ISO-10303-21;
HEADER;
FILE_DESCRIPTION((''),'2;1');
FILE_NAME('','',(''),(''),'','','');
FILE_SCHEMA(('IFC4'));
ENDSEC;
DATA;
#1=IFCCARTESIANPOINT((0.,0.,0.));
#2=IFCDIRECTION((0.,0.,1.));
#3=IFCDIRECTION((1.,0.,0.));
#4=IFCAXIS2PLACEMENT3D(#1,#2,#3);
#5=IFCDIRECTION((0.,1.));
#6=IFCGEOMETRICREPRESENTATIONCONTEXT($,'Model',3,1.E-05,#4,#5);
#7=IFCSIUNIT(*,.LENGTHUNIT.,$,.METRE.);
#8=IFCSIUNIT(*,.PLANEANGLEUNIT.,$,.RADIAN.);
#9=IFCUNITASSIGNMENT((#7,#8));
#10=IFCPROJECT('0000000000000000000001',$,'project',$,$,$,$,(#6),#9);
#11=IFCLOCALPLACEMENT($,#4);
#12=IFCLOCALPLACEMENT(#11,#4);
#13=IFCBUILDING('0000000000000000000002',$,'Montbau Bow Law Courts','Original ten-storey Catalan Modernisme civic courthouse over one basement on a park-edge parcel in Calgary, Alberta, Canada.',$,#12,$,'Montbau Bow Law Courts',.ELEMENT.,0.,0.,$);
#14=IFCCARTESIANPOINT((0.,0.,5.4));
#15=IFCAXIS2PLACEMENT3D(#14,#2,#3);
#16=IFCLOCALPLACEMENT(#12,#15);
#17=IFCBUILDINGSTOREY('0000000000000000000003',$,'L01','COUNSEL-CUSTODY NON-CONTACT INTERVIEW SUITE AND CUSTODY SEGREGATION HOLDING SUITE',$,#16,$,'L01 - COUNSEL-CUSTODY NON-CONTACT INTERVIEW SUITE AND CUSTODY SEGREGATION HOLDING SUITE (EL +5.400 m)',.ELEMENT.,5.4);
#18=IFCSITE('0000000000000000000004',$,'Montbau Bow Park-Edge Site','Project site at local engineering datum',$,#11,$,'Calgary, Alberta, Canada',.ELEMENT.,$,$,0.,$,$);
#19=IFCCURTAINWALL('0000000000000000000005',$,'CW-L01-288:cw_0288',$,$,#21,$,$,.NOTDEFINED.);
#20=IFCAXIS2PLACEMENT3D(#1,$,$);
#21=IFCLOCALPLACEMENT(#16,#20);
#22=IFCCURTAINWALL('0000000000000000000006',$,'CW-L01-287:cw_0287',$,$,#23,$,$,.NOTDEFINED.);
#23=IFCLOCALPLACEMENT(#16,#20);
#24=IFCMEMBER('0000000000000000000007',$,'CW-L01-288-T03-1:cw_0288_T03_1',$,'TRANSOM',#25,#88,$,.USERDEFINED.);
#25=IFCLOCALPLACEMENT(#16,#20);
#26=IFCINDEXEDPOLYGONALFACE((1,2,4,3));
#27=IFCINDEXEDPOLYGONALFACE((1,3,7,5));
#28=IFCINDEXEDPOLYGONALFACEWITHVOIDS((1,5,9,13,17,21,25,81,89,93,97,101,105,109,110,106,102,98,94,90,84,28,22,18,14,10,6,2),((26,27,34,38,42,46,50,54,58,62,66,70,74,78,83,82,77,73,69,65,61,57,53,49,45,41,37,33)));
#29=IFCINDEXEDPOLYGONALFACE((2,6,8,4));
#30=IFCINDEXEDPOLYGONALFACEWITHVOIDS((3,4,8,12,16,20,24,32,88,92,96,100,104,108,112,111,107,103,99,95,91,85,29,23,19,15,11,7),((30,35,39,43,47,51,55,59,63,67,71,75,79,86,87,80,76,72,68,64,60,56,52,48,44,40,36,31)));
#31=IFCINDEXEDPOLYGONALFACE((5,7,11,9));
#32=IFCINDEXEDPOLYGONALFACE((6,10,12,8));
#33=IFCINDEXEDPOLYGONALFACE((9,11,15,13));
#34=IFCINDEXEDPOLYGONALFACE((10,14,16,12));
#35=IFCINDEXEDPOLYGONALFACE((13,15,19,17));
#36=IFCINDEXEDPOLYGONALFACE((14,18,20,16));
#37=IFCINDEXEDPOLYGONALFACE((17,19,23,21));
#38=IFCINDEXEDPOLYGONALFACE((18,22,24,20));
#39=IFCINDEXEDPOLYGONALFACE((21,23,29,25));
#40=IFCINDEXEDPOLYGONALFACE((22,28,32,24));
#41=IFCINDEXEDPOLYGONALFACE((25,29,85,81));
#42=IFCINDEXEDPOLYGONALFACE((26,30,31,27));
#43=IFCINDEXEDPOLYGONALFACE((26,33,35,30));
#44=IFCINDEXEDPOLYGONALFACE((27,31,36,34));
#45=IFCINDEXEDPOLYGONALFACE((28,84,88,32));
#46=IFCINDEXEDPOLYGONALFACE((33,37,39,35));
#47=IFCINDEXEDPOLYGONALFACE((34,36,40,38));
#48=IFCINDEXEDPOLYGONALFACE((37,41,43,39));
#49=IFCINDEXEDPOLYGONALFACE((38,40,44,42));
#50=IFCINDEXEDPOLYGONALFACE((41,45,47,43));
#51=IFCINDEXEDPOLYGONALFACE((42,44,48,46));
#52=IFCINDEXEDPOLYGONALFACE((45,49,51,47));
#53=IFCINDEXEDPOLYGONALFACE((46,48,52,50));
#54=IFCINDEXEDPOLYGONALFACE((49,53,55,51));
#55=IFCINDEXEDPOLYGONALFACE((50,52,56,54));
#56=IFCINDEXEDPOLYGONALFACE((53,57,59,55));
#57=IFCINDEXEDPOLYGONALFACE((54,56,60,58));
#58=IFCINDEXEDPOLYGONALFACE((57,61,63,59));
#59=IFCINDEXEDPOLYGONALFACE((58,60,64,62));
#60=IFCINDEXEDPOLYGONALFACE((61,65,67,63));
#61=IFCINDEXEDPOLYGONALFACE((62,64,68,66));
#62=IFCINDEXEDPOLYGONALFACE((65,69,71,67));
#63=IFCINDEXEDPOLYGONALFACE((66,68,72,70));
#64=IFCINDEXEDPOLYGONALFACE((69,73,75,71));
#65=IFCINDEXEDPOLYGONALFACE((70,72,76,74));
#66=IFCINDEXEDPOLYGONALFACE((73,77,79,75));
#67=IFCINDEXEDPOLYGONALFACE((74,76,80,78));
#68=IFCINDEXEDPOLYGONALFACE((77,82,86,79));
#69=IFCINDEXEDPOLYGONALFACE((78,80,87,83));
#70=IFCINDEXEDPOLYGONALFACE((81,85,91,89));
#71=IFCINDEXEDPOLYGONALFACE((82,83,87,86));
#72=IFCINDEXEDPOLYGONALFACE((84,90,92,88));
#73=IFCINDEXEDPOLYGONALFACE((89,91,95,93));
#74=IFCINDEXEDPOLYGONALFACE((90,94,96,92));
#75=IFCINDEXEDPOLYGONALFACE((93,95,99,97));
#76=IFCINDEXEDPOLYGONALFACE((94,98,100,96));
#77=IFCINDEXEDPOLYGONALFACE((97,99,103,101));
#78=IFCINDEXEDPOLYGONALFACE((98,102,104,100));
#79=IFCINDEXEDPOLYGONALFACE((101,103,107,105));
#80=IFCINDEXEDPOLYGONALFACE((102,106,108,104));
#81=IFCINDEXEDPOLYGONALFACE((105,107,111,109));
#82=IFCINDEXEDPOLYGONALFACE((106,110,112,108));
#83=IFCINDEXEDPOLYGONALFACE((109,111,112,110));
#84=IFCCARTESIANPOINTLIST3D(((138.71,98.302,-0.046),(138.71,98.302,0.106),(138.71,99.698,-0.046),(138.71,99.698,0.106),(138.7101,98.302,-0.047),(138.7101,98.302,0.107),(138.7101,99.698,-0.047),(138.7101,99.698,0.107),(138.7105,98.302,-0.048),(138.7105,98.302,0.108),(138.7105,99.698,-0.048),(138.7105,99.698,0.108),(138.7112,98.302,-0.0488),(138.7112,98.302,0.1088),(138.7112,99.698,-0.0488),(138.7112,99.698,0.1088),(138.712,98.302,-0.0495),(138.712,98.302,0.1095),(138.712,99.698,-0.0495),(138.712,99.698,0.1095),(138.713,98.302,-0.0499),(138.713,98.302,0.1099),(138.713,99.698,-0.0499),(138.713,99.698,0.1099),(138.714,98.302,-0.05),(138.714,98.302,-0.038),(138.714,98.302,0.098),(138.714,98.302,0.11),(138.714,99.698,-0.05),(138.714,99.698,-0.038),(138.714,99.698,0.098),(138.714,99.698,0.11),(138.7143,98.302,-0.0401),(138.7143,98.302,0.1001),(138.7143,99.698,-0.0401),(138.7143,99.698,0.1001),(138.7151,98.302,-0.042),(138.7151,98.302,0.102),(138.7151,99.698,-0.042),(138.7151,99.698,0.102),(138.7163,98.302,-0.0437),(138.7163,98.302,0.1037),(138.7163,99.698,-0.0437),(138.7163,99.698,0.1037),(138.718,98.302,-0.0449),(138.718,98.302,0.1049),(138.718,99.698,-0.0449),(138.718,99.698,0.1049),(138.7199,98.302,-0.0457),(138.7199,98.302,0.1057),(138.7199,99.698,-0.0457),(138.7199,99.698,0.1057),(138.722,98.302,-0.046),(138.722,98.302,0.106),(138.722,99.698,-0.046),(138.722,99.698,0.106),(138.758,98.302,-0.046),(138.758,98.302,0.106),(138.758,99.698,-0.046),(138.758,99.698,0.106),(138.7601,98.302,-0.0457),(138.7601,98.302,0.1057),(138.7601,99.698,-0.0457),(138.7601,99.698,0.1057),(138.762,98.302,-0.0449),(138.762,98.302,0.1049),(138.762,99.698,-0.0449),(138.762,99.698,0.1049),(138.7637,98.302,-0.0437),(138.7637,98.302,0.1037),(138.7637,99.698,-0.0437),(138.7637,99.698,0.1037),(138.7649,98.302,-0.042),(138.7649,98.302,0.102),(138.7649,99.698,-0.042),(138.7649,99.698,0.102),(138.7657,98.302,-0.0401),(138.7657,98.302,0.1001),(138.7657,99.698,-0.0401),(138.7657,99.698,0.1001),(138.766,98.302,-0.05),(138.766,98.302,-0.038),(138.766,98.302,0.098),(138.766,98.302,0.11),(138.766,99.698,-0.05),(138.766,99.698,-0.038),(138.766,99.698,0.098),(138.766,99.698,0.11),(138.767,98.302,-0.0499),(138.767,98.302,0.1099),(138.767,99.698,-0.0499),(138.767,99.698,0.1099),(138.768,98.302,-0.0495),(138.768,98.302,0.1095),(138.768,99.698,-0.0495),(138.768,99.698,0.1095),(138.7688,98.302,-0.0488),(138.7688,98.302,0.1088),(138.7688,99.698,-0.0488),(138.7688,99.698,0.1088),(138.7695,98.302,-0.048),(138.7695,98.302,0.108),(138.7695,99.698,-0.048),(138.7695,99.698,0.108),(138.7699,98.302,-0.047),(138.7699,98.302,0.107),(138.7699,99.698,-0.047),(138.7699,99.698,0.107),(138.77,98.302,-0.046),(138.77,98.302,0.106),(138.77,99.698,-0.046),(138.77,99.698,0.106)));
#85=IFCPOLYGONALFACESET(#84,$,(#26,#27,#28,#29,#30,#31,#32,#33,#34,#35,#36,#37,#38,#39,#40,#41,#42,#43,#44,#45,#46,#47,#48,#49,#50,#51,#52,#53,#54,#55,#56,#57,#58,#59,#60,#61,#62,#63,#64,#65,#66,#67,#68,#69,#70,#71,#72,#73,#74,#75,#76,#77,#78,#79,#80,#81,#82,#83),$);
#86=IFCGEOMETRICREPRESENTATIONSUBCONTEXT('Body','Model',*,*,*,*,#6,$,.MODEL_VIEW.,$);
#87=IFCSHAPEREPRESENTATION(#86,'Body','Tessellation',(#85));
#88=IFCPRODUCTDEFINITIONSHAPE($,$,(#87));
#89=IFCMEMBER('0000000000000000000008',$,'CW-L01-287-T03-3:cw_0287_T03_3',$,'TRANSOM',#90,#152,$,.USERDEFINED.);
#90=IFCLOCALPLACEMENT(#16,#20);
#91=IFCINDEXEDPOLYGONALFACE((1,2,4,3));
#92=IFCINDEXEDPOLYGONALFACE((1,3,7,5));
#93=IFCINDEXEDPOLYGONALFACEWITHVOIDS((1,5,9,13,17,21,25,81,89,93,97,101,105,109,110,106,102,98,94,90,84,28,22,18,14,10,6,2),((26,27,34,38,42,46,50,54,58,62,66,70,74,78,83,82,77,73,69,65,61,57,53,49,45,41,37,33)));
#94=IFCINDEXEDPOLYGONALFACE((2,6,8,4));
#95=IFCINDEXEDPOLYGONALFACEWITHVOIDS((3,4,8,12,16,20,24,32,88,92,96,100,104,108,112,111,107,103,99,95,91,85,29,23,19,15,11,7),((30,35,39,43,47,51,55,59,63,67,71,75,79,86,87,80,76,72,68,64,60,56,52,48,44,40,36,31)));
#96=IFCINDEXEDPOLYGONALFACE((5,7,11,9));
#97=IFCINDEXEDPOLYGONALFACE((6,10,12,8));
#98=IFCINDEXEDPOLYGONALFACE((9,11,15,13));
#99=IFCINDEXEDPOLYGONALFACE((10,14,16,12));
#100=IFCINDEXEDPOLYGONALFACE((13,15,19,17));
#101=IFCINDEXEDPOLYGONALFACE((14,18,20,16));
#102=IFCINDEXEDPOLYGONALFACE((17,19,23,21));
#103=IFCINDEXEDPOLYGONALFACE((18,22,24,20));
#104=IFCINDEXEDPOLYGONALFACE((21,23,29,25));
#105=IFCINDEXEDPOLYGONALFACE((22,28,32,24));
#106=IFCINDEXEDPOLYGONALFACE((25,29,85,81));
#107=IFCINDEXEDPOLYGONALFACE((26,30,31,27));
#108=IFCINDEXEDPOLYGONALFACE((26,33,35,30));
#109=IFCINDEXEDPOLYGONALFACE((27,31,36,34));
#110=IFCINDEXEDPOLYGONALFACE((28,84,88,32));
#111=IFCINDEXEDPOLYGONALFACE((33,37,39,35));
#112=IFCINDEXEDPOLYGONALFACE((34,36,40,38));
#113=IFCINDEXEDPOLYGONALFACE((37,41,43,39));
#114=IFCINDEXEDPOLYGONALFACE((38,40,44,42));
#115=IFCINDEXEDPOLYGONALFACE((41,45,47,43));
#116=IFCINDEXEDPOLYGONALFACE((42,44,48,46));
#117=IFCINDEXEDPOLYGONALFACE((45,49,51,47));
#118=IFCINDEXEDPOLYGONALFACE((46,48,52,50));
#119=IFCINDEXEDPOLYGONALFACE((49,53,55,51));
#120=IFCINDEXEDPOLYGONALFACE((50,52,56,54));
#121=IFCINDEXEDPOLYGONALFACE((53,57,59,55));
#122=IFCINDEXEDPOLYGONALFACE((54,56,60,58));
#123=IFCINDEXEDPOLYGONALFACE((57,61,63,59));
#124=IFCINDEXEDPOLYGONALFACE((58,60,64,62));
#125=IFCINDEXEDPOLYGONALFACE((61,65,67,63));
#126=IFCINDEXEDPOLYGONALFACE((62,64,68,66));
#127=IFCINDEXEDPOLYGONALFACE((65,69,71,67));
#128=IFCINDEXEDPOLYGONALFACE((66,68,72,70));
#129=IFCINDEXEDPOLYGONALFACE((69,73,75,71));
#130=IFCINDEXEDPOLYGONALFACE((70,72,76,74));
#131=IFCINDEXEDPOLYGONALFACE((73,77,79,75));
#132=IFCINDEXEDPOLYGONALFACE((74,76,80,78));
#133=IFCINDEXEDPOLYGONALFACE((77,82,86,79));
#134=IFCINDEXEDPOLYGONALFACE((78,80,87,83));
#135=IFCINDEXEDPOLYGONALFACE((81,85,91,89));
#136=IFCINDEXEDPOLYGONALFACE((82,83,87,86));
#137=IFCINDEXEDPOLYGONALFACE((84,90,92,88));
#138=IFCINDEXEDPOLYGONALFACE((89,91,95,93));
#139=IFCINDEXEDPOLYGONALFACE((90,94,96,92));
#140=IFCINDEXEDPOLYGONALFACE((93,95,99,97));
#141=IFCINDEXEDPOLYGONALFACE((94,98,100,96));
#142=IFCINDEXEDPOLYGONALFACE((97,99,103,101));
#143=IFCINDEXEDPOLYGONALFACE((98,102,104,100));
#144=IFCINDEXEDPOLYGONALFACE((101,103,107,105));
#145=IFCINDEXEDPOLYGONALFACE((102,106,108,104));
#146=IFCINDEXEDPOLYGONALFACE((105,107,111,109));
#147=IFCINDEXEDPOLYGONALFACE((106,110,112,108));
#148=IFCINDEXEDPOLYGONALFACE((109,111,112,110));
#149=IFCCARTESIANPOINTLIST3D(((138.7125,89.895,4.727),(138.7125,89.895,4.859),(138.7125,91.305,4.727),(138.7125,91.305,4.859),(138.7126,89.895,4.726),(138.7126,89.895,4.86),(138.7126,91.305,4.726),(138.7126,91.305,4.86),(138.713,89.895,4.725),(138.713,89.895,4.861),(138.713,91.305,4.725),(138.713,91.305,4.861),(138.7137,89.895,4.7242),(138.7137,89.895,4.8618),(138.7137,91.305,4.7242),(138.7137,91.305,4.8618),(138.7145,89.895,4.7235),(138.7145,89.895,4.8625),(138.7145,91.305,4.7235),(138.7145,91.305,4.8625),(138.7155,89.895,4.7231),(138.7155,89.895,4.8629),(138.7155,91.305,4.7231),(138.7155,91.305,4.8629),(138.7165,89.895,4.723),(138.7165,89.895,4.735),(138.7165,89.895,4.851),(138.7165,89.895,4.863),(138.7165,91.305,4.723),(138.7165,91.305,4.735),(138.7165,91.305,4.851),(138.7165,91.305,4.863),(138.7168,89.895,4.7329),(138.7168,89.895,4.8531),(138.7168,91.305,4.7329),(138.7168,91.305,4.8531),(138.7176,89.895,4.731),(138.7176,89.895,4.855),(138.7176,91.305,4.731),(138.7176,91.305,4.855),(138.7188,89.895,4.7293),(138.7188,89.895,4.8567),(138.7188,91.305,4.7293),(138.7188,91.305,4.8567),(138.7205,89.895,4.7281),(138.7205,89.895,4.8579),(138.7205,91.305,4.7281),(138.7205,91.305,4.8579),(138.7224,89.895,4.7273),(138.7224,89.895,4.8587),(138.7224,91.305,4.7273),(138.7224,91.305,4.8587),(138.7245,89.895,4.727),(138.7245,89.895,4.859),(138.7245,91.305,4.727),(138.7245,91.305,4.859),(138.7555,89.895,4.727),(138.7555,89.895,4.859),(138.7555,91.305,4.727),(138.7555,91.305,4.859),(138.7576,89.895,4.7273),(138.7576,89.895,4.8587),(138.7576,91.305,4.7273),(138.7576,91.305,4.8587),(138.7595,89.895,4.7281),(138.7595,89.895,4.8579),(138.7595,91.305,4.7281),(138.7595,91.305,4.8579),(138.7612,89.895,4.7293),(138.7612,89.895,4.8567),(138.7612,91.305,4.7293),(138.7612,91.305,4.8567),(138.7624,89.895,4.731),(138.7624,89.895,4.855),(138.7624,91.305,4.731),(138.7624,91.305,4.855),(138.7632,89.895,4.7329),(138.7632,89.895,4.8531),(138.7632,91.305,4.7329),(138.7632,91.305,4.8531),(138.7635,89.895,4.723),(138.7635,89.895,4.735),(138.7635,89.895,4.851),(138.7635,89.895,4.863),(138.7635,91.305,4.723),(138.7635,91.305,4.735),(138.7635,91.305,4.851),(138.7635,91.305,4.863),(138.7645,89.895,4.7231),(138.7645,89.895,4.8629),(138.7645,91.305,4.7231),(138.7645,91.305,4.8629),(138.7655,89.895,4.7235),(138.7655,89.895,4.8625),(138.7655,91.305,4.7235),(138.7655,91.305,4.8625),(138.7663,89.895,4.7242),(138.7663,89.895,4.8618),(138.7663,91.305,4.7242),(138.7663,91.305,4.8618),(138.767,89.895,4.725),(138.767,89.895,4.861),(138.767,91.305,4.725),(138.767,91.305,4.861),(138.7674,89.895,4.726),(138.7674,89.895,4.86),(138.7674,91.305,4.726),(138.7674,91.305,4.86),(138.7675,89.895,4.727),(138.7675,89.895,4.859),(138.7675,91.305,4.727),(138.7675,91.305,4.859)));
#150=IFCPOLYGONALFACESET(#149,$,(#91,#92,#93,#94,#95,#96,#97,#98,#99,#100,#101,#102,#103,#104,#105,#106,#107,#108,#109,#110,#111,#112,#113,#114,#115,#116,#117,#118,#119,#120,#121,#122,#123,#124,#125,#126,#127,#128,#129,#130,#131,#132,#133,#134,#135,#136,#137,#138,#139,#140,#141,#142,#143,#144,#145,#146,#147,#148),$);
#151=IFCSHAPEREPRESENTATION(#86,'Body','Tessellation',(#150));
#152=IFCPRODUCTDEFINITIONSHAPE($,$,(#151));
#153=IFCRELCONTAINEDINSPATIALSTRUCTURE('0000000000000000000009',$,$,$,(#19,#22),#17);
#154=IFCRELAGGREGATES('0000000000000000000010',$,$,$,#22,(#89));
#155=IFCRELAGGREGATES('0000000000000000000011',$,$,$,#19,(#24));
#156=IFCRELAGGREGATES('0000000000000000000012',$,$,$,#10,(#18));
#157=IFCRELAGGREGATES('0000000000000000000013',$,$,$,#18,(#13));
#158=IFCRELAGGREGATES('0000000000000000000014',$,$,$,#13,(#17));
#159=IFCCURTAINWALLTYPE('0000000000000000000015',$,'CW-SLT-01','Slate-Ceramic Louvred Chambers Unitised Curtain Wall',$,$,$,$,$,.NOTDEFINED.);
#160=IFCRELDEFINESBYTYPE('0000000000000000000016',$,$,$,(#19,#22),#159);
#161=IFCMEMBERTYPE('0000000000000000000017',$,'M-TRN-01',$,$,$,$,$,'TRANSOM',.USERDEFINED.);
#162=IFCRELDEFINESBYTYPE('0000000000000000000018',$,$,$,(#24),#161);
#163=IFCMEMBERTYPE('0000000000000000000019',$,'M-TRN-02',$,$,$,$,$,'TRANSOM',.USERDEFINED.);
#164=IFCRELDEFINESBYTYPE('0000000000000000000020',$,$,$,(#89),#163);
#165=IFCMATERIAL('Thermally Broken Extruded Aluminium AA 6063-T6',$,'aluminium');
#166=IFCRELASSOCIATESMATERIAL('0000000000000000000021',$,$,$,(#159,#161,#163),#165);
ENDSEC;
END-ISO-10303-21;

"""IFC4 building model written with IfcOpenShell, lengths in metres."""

from ifc_helpers import new_model, si_unit, direction, frame, origin_with_axes, origin_2d_with_axis, place, context, subcontext, project, spatial, hollow_rectangle, extrude, material, material_profile, profile_set, type_object, element, aggregate, save


model = new_model("IFC4")

# Units and contexts
model_context = context("Model", 3, precision=1e-05, world=origin_with_axes(), true_north=direction((0.0, 1.0)))
body_context = subcontext(model_context, "Body", "Model", "MODEL_VIEW")
ifc_project = project(units=[si_unit("LENGTHUNIT", "METRE"), si_unit("PLANEANGLEUNIT", "RADIAN")], contexts=[model_context])

# Site, building, storey
site_placement = place(None, origin_with_axes())
site = spatial("IfcSite", under=ifc_project, at=site_placement, Name="Montbau Bow Park-Edge Site", Description="Project site at local engineering datum", LongName="Calgary, Alberta, Canada", CompositionType="ELEMENT", RefElevation=0.0)
building_placement = place(site_placement, origin_with_axes())
building = spatial("IfcBuilding", under=site, at=building_placement, Name="Montbau Bow Law Courts", Description="Original ten-storey Catalan Modernisme civic courthouse over one basement on a park-edge parcel in Calgary, Alberta, Canada.", LongName="Montbau Bow Law Courts", CompositionType="ELEMENT", ElevationOfRefHeight=0.0, ElevationOfTerrain=0.0)
storey_placement = place(building_placement, frame((0.0, 0.0, 5.4), z_axis=(0.0, 0.0, 1.0), x_axis=(1.0, 0.0, 0.0)))
storey = spatial("IfcBuildingStorey", under=building, at=storey_placement, Name="L01", Description="COUNSEL-CUSTODY NON-CONTACT INTERVIEW SUITE AND CUSTODY SEGREGATION HOLDING SUITE", LongName="L01 - COUNSEL-CUSTODY NON-CONTACT INTERVIEW SUITE AND CUSTODY SEGREGATION HOLDING SUITE (EL +5.400 m)", CompositionType="ELEMENT", Elevation=5.4)

# Curtain walls
ifc_material_1 = material(Name="Thermally Broken Extruded Aluminium AA 6063-T6", Category="aluminium")
curtain_wall_type = type_object("IfcCurtainWallType", Name="CW-SLT-01", Description="Slate-Ceramic Louvred Chambers Unitised Curtain Wall", PredefinedType="NOTDEFINED", material=ifc_material_1)
curtain_wall_1_placement = place(None, frame((138.74, 95.315, 5.4), z_axis=(0.0, 0.0, 1.0), x_axis=(1.0, 0.0, 0.0)))
curtain_wall_1 = element("IfcCurtainWall", 1, at=curtain_wall_1_placement, inside=storey, type_object=curtain_wall_type, Name="CW-L01-288:cw_0288", PredefinedType="NOTDEFINED")
curtain_wall_2_placement = place(None, frame((138.74, 86.915, 5.4), z_axis=(0.0, 0.0, 1.0), x_axis=(1.0, 0.0, 0.0)))
curtain_wall_2 = element("IfcCurtainWall", 2, at=curtain_wall_2_placement, inside=storey, type_object=curtain_wall_type, Name="CW-L01-287:cw_0287", PredefinedType="NOTDEFINED")

# Members
ifc_material_profile_1 = material_profile(ifc_material_1, hollow_rectangle(XDim=0.06, YDim=0.16, WallThickness=0.004, InnerFilletRadius=0.008, OuterFilletRadius=0.004, at=origin_2d_with_axis()), Name="CWT-160X60", Category="Main", Priority=0)
ifc_profile_set_1 = profile_set([ifc_material_profile_1], Name="Thermally Broken Extruded Aluminium AA 6063-T6")
member_type_1 = type_object("IfcMemberType", Name="M-TRN-01", ElementType="TRANSOM", PredefinedType="USERDEFINED", material=ifc_profile_set_1)
member_1_placement = place(None, frame((138.74, 98.302, 5.43), z_axis=(0.0, 1.0, 0.0), x_axis=(-1.0, 0.0, 0.0)))
member_1 = element("IfcMember", 3, at=member_1_placement, type_object=member_type_1, Name="CW-L01-288-T03-1:cw_0288_T03_1", ObjectType="TRANSOM", PredefinedType="USERDEFINED", context=body_context, shape_type="SweptSolid", body=[
    extrude(hollow_rectangle(XDim=0.06, YDim=0.16, WallThickness=0.004, InnerFilletRadius=0.008, OuterFilletRadius=0.004, at=origin_2d_with_axis()), origin_with_axes(), (0.0, 0.0, 1.0), 1.396),
])
ifc_material_profile_2 = material_profile(ifc_material_1, hollow_rectangle(XDim=0.055, YDim=0.14, WallThickness=0.004, InnerFilletRadius=0.008, OuterFilletRadius=0.004, at=origin_2d_with_axis()), Name="CWT-140X55", Category="Main", Priority=0)
ifc_profile_set_2 = profile_set([ifc_material_profile_2], Name="Thermally Broken Extruded Aluminium AA 6063-T6")
member_type_2 = type_object("IfcMemberType", Name="M-TRN-02", ElementType="TRANSOM", PredefinedType="USERDEFINED", material=ifc_profile_set_2)
member_2_placement = place(None, frame((138.74, 89.895, 10.193), z_axis=(0.0, 1.0, 0.0), x_axis=(-1.0, 0.0, 0.0)))
member_2 = element("IfcMember", 4, at=member_2_placement, type_object=member_type_2, Name="CW-L01-287-T03-3:cw_0287_T03_3", ObjectType="TRANSOM", PredefinedType="USERDEFINED", context=body_context, shape_type="SweptSolid", body=[
    extrude(hollow_rectangle(XDim=0.055, YDim=0.14, WallThickness=0.004, InnerFilletRadius=0.008, OuterFilletRadius=0.004, at=origin_2d_with_axis()), origin_with_axes(), (0.0, 0.0, 1.0), 1.41),
])

aggregate(curtain_wall_2, [member_2])
aggregate(curtain_wall_1, [member_1])

save(model, "model.ifc")
